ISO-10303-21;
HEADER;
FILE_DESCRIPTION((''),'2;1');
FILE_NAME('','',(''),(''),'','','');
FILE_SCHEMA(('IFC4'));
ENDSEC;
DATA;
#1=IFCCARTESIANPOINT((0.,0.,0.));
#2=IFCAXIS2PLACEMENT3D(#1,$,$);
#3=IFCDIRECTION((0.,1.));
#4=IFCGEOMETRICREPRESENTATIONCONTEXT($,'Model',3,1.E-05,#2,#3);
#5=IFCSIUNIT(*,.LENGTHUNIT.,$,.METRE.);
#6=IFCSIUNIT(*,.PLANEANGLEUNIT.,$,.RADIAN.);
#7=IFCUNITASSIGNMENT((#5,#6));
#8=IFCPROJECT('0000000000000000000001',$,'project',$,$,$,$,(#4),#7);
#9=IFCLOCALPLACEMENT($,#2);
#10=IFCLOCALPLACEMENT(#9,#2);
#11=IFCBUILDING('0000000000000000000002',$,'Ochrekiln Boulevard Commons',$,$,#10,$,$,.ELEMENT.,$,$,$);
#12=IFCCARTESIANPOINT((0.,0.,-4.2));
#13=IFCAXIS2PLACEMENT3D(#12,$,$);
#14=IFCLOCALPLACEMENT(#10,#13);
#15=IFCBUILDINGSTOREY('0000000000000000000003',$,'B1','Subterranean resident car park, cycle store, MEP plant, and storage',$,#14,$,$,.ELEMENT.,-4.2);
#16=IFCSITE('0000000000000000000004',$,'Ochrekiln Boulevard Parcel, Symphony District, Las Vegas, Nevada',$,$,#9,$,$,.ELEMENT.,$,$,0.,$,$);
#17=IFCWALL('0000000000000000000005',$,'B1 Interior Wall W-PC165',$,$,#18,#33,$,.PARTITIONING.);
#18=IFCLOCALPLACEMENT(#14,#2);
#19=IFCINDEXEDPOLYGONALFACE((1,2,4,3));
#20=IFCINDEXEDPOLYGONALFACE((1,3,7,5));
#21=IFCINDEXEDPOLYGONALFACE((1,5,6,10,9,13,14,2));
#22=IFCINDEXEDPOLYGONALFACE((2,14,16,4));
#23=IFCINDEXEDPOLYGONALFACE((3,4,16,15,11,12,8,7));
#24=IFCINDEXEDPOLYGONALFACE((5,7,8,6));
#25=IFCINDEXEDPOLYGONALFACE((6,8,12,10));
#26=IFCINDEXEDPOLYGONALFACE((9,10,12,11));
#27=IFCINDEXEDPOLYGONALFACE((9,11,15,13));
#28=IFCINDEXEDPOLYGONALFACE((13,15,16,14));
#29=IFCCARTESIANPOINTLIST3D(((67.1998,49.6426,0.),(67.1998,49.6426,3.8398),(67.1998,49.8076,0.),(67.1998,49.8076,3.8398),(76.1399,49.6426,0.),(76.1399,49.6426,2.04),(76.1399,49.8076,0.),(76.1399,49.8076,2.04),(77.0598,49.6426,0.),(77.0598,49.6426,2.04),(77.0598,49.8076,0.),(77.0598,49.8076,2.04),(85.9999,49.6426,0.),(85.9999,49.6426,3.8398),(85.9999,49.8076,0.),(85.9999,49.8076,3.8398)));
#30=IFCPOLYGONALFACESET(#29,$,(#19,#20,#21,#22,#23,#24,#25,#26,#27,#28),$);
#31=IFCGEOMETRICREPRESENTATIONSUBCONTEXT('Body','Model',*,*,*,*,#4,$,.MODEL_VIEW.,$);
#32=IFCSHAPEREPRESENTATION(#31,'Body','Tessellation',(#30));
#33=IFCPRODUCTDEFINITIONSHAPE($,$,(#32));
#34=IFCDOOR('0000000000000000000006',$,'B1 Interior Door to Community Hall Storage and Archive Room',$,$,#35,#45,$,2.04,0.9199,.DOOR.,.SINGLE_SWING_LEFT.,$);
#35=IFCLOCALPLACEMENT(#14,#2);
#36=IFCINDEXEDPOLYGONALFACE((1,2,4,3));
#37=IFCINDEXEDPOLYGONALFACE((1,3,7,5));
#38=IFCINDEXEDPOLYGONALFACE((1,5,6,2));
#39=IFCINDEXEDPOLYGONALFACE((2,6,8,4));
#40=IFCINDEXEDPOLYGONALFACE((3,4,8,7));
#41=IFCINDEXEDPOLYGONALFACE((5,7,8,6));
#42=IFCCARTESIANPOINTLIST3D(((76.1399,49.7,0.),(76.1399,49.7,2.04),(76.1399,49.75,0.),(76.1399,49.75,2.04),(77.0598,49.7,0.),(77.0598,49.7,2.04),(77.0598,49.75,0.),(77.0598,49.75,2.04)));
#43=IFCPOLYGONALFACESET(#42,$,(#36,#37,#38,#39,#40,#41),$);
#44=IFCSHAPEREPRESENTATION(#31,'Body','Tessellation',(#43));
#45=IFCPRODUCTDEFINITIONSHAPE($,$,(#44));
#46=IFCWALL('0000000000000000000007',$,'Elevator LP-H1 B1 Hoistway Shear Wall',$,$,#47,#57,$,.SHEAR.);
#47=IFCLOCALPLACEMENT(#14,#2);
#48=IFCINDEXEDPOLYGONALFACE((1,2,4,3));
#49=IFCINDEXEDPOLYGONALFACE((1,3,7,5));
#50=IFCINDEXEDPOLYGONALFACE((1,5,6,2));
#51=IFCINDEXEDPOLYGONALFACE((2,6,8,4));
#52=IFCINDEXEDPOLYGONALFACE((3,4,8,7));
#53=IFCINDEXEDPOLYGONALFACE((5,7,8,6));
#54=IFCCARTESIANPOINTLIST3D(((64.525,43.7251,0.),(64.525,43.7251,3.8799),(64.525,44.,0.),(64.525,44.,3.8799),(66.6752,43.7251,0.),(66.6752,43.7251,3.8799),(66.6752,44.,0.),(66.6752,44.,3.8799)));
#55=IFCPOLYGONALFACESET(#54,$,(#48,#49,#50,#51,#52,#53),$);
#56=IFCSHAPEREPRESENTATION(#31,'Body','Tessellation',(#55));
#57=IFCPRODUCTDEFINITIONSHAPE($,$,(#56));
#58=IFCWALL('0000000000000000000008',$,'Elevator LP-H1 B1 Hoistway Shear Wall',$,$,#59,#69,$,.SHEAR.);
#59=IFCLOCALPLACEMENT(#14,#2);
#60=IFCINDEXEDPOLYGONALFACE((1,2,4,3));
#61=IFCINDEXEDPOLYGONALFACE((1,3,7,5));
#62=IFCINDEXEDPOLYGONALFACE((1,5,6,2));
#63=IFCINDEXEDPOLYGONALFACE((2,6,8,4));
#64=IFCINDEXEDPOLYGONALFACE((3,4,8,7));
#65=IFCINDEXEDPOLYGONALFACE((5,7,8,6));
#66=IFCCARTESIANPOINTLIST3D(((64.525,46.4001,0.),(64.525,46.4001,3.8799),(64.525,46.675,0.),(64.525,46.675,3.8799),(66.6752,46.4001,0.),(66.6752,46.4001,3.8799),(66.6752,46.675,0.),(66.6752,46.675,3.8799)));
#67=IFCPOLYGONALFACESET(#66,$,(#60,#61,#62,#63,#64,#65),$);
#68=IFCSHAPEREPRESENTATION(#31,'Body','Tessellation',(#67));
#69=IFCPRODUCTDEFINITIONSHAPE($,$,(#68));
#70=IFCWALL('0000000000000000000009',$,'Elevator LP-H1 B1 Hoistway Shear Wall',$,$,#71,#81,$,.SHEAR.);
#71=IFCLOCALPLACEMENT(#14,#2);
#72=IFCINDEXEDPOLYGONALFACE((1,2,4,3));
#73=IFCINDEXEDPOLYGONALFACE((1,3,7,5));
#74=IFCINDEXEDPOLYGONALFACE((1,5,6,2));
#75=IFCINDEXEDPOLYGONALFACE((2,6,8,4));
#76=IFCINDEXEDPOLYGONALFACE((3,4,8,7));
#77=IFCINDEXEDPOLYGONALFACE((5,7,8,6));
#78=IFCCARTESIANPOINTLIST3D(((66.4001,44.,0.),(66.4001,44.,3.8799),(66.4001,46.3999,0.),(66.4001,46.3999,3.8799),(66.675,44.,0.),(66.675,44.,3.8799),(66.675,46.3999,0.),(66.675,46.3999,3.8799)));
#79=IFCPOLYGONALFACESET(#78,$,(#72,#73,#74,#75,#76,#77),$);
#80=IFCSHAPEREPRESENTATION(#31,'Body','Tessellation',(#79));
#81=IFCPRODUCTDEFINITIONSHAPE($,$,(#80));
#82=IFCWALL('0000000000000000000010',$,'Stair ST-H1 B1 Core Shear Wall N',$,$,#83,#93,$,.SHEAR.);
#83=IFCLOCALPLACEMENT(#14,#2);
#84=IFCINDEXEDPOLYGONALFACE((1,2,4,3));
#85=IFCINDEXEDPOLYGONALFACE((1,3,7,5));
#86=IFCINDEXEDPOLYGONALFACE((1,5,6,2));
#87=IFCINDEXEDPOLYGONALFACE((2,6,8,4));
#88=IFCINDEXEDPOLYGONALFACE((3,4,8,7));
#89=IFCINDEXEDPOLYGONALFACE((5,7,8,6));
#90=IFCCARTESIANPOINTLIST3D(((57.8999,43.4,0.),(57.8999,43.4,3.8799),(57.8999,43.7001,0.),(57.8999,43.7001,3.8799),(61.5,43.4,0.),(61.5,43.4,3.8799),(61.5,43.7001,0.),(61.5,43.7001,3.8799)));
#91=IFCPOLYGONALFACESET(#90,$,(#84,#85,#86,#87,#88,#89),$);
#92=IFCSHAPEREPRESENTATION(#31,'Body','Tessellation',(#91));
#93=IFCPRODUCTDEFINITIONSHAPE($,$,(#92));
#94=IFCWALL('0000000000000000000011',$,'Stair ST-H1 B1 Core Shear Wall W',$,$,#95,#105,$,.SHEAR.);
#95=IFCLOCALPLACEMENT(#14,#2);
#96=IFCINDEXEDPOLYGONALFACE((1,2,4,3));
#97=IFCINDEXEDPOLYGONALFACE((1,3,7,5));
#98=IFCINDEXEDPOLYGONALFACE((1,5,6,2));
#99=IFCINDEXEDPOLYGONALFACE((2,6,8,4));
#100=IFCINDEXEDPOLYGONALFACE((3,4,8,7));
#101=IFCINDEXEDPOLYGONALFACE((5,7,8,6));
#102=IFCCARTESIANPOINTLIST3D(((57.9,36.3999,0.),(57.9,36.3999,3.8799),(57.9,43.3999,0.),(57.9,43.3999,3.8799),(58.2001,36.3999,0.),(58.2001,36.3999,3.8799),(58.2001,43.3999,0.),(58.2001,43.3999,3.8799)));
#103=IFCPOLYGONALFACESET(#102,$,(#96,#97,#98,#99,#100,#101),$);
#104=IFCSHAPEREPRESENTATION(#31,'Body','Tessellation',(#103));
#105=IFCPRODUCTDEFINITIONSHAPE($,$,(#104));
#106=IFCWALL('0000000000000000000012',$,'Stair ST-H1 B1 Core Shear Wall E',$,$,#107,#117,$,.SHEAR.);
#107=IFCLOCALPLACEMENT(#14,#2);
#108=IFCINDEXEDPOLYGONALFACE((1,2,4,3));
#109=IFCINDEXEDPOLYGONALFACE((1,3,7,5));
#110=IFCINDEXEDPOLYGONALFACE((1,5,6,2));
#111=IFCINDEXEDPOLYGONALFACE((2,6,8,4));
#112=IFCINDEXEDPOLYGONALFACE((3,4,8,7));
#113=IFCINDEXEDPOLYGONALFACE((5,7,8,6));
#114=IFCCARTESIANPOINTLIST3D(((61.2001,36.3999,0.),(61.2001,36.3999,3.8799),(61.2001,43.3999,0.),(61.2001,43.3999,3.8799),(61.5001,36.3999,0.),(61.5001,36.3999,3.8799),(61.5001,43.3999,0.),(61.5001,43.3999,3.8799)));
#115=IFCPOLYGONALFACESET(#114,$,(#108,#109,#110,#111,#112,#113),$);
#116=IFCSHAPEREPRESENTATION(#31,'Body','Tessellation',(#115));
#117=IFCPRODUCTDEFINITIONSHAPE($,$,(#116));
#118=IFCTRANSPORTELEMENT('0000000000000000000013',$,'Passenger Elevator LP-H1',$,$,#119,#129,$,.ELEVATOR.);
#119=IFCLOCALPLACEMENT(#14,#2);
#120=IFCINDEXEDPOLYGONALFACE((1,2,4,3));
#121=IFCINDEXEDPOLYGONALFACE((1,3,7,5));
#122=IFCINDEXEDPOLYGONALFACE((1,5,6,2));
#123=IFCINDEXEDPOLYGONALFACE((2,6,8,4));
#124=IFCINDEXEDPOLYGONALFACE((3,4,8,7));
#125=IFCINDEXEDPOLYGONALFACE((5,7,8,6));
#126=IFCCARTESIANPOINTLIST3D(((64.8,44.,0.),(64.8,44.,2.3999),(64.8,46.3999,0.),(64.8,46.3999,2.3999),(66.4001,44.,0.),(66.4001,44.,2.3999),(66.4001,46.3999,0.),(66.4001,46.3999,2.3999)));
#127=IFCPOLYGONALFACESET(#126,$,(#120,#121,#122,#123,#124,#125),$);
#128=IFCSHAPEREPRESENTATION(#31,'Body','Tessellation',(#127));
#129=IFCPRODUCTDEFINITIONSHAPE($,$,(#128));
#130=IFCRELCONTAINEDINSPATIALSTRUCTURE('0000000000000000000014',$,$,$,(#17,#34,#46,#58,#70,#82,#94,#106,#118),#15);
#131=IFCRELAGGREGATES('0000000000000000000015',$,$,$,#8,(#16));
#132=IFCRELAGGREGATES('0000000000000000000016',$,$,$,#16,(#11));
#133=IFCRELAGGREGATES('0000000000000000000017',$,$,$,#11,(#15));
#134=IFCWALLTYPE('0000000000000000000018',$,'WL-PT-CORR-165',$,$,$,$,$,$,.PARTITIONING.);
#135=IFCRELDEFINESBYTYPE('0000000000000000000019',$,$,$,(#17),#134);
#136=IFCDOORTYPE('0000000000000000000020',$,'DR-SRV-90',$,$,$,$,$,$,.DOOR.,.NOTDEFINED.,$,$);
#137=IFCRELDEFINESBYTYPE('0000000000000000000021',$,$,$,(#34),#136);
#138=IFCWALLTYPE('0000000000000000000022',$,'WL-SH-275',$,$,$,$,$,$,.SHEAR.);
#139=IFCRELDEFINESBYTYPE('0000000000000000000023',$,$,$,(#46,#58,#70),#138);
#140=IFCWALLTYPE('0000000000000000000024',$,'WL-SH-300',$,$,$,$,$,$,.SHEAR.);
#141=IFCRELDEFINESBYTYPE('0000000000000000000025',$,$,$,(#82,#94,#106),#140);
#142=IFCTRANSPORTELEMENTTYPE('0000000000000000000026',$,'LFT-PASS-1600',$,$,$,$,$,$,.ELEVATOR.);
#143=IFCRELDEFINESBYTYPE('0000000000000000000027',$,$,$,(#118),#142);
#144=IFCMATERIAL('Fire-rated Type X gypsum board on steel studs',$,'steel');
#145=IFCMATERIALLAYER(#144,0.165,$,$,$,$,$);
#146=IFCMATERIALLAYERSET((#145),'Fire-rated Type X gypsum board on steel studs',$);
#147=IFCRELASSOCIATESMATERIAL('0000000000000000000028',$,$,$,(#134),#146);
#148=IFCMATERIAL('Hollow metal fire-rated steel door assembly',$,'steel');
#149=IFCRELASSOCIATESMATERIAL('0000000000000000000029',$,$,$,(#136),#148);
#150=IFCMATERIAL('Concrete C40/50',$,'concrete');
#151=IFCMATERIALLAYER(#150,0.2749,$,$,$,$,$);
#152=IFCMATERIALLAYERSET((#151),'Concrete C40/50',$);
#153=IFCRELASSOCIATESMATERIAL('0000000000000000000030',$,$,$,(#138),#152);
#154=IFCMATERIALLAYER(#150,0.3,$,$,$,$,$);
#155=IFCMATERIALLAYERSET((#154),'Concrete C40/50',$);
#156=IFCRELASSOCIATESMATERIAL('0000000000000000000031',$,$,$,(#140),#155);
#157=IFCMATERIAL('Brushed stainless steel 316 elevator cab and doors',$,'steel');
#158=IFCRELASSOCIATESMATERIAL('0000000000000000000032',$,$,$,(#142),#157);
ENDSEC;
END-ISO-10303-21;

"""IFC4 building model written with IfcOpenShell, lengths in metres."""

from ifc_helpers import new_model, si_unit, direction, frame, frame_2d, origin, origin_2d, place, context, subcontext, project, spatial, rectangle, extrude, material, layer, layer_set, type_object, element, fill, save


model = new_model("IFC4")

# Units and contexts
model_context = context("Model", 3, precision=1e-05, world=origin(), true_north=direction((0.0, 1.0)))
body_context = subcontext(model_context, "Body", "Model", "MODEL_VIEW")
ifc_project = project(units=[si_unit("LENGTHUNIT", "METRE"), si_unit("PLANEANGLEUNIT", "RADIAN")], contexts=[model_context])

# Site, building, storey
site_placement = place(None, origin())
site = spatial("IfcSite", under=ifc_project, at=site_placement, Name="Ochrekiln Boulevard Parcel, Symphony District, Las Vegas, Nevada", CompositionType="ELEMENT", RefElevation=0.0)
building_placement = place(site_placement, origin())
building = spatial("IfcBuilding", under=site, at=building_placement, Name="Ochrekiln Boulevard Commons", CompositionType="ELEMENT")
storey_placement = place(building_placement, frame((0.0, 0.0, -4.2)))
storey = spatial("IfcBuildingStorey", under=building, at=storey_placement, Name="B1", Description="Subterranean resident car park, cycle store, MEP plant, and storage", CompositionType="ELEMENT", Elevation=-4.2)

# Shared definitions
ifc_material_1 = material(Name="Concrete C40/50", Category="concrete")

# Shared definitions
ifc_material_2 = material(Name="Fire-rated Type X gypsum board on steel studs", Category="steel")

# Wall, opening, door
ifc_layer_1 = layer(ifc_material_2, 0.165)
ifc_layer_set_1 = layer_set([ifc_layer_1], Name="Fire-rated Type X gypsum board on steel studs")
wall_type_1 = type_object("IfcWallType", Name="WL-PT-CORR-165", PredefinedType="PARTITIONING", material=ifc_layer_set_1)
ifc_material_3 = material(Name="Hollow metal fire-rated steel door assembly", Category="steel")
door_type_1 = type_object("IfcDoorType", Name="DR-SRV-90", OperationType="NOTDEFINED", PredefinedType="DOOR", material=ifc_material_3)
wall_1_placement = place(storey_placement, frame((67.2, 49.7251, 0.0), z_axis=(0.0, 0.0, 1.0), x_axis=(1.0, 0.0, 0.0)))
wall_1 = element("IfcWall", 1, at=wall_1_placement, inside=storey, type_object=wall_type_1, Name="B1 Interior Wall W-PC165", PredefinedType="PARTITIONING", context=body_context, shape_type="SweptSolid", body=[
    extrude(rectangle(XDim=18.8, YDim=0.165, at=frame_2d((9.3999, 0.0))), origin(), (0.0, 0.0, 1.0), 3.8398),
])
opening_1_placement = place(wall_1_placement, frame((8.9399, 0.0, 0.0)))
opening_1 = element("IfcOpeningElement", 2, at=opening_1_placement, cuts=wall_1, PredefinedType="OPENING", context=body_context, shape_type="SweptSolid", body=[
    extrude(rectangle(XDim=0.9199, YDim=2.04, at=frame_2d((0.46, 1.02))), frame((0.0, 0.0925, 0.0), z_axis=(0.0, -1.0, 0.0), x_axis=(1.0, 0.0, 0.0)), (0.0, 0.0, 1.0), 0.1851),
])
door_1_placement = place(opening_1_placement, origin())
door_1 = element("IfcDoor", 3, at=door_1_placement, inside=storey, type_object=door_type_1, Name="B1 Interior Door to Community Hall Storage and Archive Room", OperationType="SINGLE_SWING_LEFT", OverallHeight=2.04, OverallWidth=0.9199, PredefinedType="DOOR", context=body_context, shape_type="SweptSolid", body=[
    extrude(rectangle(XDim=0.9199, YDim=2.04, at=frame_2d((0.46, 1.02))), frame((0.0, 0.0249, 0.0), z_axis=(0.0, -1.0, 0.0), x_axis=(1.0, 0.0, 0.0)), (0.0, 0.0, 1.0), 0.05),
])
fill(opening_1, door_1)

# Walls
ifc_layer_2 = layer(ifc_material_1, 0.2749)
ifc_layer_set_2 = layer_set([ifc_layer_2], Name="Concrete C40/50")
wall_type_2 = type_object("IfcWallType", Name="WL-SH-275", PredefinedType="SHEAR", material=ifc_layer_set_2)
for number, where, z_axis, x_axis, name in (
    (4, (64.5249, 43.8625, 0.0), (0.0, 0.0, 1.0), (1.0, 0.0, 0.0), "Elevator LP-H1 B1 Hoistway Shear Wall"),
    (5, (64.5249, 46.5376, 0.0), (0.0, 0.0, 1.0), (1.0, 0.0, 0.0), "Elevator LP-H1 B1 Hoistway Shear Wall"),
):
    element("IfcWall", number, at=place(storey_placement, frame(where, z_axis=z_axis, x_axis=x_axis)), inside=storey, type_object=wall_type_2, Name=name, PredefinedType="SHEAR", context=body_context, shape_type="SweptSolid", body=[
        extrude(rectangle(XDim=2.1501, YDim=0.2749, at=frame_2d((1.0752, 0.0))), origin(), (0.0, 0.0, 1.0), 3.8799),
    ])

# Shared definitions
ifc_material_4 = material(Name="Brushed stainless steel 316 elevator cab and doors", Category="steel")

# Walls
wall_2_placement = place(storey_placement, frame((66.5376, 44.0, 0.0), z_axis=(0.0, 0.0, 1.0), x_axis=(0.0, 1.0, 0.0)))
element("IfcWall", 6, at=wall_2_placement, inside=storey, type_object=wall_type_2, Name="Elevator LP-H1 B1 Hoistway Shear Wall", PredefinedType="SHEAR", context=body_context, shape_type="SweptSolid", body=[
    extrude(rectangle(XDim=2.3999, YDim=0.2749, at=frame_2d((1.2, 0.0))), origin(), (0.0, 0.0, 1.0), 3.8799),
])
ifc_layer_3 = layer(ifc_material_1, 0.3)
ifc_layer_set_3 = layer_set([ifc_layer_3], Name="Concrete C40/50")
wall_type_3 = type_object("IfcWallType", Name="WL-SH-300", PredefinedType="SHEAR", material=ifc_layer_set_3)
wall_3_placement = place(storey_placement, frame((57.8999, 43.55, 0.0), z_axis=(0.0, 0.0, 1.0), x_axis=(1.0, 0.0, 0.0)))
element("IfcWall", 7, at=wall_3_placement, inside=storey, type_object=wall_type_3, Name="Stair ST-H1 B1 Core Shear Wall N", PredefinedType="SHEAR", context=body_context, shape_type="SweptSolid", body=[
    extrude(rectangle(XDim=3.6001, YDim=0.3, at=frame_2d((1.8, 0.0))), origin(), (0.0, 0.0, 1.0), 3.8799),
])
for number, where, z_axis, x_axis, name in (
    (8, (58.05, 36.3999, 0.0), (0.0, 0.0, 1.0), (0.0, 1.0, 0.0), "Stair ST-H1 B1 Core Shear Wall W"),
    (9, (61.3501, 36.3999, 0.0), (0.0, 0.0, 1.0), (0.0, 1.0, 0.0), "Stair ST-H1 B1 Core Shear Wall E"),
):
    element("IfcWall", number, at=place(storey_placement, frame(where, z_axis=z_axis, x_axis=x_axis)), inside=storey, type_object=wall_type_3, Name=name, PredefinedType="SHEAR", context=body_context, shape_type="SweptSolid", body=[
        extrude(rectangle(XDim=7.0, YDim=0.3, at=frame_2d((3.5, 0.0))), origin(), (0.0, 0.0, 1.0), 3.8799),
    ])

# Transport element
transport_element_type = type_object("IfcTransportElementType", Name="LFT-PASS-1600", PredefinedType="ELEVATOR", material=ifc_material_4)
transport_element_placement = place(storey_placement, frame((65.6001, 45.2, 0.0), z_axis=(0.0, 0.0, 1.0), x_axis=(1.0, 0.0, 0.0)))
element("IfcTransportElement", 10, at=transport_element_placement, inside=storey, type_object=transport_element_type, Name="Passenger Elevator LP-H1", PredefinedType="ELEVATOR", context=body_context, shape_type="SweptSolid", body=[
    extrude(rectangle(XDim=1.6001, YDim=2.3999, at=origin_2d()), origin(), (0.0, 0.0, 1.0), 2.3999),
])

save(model, "model.ifc")
